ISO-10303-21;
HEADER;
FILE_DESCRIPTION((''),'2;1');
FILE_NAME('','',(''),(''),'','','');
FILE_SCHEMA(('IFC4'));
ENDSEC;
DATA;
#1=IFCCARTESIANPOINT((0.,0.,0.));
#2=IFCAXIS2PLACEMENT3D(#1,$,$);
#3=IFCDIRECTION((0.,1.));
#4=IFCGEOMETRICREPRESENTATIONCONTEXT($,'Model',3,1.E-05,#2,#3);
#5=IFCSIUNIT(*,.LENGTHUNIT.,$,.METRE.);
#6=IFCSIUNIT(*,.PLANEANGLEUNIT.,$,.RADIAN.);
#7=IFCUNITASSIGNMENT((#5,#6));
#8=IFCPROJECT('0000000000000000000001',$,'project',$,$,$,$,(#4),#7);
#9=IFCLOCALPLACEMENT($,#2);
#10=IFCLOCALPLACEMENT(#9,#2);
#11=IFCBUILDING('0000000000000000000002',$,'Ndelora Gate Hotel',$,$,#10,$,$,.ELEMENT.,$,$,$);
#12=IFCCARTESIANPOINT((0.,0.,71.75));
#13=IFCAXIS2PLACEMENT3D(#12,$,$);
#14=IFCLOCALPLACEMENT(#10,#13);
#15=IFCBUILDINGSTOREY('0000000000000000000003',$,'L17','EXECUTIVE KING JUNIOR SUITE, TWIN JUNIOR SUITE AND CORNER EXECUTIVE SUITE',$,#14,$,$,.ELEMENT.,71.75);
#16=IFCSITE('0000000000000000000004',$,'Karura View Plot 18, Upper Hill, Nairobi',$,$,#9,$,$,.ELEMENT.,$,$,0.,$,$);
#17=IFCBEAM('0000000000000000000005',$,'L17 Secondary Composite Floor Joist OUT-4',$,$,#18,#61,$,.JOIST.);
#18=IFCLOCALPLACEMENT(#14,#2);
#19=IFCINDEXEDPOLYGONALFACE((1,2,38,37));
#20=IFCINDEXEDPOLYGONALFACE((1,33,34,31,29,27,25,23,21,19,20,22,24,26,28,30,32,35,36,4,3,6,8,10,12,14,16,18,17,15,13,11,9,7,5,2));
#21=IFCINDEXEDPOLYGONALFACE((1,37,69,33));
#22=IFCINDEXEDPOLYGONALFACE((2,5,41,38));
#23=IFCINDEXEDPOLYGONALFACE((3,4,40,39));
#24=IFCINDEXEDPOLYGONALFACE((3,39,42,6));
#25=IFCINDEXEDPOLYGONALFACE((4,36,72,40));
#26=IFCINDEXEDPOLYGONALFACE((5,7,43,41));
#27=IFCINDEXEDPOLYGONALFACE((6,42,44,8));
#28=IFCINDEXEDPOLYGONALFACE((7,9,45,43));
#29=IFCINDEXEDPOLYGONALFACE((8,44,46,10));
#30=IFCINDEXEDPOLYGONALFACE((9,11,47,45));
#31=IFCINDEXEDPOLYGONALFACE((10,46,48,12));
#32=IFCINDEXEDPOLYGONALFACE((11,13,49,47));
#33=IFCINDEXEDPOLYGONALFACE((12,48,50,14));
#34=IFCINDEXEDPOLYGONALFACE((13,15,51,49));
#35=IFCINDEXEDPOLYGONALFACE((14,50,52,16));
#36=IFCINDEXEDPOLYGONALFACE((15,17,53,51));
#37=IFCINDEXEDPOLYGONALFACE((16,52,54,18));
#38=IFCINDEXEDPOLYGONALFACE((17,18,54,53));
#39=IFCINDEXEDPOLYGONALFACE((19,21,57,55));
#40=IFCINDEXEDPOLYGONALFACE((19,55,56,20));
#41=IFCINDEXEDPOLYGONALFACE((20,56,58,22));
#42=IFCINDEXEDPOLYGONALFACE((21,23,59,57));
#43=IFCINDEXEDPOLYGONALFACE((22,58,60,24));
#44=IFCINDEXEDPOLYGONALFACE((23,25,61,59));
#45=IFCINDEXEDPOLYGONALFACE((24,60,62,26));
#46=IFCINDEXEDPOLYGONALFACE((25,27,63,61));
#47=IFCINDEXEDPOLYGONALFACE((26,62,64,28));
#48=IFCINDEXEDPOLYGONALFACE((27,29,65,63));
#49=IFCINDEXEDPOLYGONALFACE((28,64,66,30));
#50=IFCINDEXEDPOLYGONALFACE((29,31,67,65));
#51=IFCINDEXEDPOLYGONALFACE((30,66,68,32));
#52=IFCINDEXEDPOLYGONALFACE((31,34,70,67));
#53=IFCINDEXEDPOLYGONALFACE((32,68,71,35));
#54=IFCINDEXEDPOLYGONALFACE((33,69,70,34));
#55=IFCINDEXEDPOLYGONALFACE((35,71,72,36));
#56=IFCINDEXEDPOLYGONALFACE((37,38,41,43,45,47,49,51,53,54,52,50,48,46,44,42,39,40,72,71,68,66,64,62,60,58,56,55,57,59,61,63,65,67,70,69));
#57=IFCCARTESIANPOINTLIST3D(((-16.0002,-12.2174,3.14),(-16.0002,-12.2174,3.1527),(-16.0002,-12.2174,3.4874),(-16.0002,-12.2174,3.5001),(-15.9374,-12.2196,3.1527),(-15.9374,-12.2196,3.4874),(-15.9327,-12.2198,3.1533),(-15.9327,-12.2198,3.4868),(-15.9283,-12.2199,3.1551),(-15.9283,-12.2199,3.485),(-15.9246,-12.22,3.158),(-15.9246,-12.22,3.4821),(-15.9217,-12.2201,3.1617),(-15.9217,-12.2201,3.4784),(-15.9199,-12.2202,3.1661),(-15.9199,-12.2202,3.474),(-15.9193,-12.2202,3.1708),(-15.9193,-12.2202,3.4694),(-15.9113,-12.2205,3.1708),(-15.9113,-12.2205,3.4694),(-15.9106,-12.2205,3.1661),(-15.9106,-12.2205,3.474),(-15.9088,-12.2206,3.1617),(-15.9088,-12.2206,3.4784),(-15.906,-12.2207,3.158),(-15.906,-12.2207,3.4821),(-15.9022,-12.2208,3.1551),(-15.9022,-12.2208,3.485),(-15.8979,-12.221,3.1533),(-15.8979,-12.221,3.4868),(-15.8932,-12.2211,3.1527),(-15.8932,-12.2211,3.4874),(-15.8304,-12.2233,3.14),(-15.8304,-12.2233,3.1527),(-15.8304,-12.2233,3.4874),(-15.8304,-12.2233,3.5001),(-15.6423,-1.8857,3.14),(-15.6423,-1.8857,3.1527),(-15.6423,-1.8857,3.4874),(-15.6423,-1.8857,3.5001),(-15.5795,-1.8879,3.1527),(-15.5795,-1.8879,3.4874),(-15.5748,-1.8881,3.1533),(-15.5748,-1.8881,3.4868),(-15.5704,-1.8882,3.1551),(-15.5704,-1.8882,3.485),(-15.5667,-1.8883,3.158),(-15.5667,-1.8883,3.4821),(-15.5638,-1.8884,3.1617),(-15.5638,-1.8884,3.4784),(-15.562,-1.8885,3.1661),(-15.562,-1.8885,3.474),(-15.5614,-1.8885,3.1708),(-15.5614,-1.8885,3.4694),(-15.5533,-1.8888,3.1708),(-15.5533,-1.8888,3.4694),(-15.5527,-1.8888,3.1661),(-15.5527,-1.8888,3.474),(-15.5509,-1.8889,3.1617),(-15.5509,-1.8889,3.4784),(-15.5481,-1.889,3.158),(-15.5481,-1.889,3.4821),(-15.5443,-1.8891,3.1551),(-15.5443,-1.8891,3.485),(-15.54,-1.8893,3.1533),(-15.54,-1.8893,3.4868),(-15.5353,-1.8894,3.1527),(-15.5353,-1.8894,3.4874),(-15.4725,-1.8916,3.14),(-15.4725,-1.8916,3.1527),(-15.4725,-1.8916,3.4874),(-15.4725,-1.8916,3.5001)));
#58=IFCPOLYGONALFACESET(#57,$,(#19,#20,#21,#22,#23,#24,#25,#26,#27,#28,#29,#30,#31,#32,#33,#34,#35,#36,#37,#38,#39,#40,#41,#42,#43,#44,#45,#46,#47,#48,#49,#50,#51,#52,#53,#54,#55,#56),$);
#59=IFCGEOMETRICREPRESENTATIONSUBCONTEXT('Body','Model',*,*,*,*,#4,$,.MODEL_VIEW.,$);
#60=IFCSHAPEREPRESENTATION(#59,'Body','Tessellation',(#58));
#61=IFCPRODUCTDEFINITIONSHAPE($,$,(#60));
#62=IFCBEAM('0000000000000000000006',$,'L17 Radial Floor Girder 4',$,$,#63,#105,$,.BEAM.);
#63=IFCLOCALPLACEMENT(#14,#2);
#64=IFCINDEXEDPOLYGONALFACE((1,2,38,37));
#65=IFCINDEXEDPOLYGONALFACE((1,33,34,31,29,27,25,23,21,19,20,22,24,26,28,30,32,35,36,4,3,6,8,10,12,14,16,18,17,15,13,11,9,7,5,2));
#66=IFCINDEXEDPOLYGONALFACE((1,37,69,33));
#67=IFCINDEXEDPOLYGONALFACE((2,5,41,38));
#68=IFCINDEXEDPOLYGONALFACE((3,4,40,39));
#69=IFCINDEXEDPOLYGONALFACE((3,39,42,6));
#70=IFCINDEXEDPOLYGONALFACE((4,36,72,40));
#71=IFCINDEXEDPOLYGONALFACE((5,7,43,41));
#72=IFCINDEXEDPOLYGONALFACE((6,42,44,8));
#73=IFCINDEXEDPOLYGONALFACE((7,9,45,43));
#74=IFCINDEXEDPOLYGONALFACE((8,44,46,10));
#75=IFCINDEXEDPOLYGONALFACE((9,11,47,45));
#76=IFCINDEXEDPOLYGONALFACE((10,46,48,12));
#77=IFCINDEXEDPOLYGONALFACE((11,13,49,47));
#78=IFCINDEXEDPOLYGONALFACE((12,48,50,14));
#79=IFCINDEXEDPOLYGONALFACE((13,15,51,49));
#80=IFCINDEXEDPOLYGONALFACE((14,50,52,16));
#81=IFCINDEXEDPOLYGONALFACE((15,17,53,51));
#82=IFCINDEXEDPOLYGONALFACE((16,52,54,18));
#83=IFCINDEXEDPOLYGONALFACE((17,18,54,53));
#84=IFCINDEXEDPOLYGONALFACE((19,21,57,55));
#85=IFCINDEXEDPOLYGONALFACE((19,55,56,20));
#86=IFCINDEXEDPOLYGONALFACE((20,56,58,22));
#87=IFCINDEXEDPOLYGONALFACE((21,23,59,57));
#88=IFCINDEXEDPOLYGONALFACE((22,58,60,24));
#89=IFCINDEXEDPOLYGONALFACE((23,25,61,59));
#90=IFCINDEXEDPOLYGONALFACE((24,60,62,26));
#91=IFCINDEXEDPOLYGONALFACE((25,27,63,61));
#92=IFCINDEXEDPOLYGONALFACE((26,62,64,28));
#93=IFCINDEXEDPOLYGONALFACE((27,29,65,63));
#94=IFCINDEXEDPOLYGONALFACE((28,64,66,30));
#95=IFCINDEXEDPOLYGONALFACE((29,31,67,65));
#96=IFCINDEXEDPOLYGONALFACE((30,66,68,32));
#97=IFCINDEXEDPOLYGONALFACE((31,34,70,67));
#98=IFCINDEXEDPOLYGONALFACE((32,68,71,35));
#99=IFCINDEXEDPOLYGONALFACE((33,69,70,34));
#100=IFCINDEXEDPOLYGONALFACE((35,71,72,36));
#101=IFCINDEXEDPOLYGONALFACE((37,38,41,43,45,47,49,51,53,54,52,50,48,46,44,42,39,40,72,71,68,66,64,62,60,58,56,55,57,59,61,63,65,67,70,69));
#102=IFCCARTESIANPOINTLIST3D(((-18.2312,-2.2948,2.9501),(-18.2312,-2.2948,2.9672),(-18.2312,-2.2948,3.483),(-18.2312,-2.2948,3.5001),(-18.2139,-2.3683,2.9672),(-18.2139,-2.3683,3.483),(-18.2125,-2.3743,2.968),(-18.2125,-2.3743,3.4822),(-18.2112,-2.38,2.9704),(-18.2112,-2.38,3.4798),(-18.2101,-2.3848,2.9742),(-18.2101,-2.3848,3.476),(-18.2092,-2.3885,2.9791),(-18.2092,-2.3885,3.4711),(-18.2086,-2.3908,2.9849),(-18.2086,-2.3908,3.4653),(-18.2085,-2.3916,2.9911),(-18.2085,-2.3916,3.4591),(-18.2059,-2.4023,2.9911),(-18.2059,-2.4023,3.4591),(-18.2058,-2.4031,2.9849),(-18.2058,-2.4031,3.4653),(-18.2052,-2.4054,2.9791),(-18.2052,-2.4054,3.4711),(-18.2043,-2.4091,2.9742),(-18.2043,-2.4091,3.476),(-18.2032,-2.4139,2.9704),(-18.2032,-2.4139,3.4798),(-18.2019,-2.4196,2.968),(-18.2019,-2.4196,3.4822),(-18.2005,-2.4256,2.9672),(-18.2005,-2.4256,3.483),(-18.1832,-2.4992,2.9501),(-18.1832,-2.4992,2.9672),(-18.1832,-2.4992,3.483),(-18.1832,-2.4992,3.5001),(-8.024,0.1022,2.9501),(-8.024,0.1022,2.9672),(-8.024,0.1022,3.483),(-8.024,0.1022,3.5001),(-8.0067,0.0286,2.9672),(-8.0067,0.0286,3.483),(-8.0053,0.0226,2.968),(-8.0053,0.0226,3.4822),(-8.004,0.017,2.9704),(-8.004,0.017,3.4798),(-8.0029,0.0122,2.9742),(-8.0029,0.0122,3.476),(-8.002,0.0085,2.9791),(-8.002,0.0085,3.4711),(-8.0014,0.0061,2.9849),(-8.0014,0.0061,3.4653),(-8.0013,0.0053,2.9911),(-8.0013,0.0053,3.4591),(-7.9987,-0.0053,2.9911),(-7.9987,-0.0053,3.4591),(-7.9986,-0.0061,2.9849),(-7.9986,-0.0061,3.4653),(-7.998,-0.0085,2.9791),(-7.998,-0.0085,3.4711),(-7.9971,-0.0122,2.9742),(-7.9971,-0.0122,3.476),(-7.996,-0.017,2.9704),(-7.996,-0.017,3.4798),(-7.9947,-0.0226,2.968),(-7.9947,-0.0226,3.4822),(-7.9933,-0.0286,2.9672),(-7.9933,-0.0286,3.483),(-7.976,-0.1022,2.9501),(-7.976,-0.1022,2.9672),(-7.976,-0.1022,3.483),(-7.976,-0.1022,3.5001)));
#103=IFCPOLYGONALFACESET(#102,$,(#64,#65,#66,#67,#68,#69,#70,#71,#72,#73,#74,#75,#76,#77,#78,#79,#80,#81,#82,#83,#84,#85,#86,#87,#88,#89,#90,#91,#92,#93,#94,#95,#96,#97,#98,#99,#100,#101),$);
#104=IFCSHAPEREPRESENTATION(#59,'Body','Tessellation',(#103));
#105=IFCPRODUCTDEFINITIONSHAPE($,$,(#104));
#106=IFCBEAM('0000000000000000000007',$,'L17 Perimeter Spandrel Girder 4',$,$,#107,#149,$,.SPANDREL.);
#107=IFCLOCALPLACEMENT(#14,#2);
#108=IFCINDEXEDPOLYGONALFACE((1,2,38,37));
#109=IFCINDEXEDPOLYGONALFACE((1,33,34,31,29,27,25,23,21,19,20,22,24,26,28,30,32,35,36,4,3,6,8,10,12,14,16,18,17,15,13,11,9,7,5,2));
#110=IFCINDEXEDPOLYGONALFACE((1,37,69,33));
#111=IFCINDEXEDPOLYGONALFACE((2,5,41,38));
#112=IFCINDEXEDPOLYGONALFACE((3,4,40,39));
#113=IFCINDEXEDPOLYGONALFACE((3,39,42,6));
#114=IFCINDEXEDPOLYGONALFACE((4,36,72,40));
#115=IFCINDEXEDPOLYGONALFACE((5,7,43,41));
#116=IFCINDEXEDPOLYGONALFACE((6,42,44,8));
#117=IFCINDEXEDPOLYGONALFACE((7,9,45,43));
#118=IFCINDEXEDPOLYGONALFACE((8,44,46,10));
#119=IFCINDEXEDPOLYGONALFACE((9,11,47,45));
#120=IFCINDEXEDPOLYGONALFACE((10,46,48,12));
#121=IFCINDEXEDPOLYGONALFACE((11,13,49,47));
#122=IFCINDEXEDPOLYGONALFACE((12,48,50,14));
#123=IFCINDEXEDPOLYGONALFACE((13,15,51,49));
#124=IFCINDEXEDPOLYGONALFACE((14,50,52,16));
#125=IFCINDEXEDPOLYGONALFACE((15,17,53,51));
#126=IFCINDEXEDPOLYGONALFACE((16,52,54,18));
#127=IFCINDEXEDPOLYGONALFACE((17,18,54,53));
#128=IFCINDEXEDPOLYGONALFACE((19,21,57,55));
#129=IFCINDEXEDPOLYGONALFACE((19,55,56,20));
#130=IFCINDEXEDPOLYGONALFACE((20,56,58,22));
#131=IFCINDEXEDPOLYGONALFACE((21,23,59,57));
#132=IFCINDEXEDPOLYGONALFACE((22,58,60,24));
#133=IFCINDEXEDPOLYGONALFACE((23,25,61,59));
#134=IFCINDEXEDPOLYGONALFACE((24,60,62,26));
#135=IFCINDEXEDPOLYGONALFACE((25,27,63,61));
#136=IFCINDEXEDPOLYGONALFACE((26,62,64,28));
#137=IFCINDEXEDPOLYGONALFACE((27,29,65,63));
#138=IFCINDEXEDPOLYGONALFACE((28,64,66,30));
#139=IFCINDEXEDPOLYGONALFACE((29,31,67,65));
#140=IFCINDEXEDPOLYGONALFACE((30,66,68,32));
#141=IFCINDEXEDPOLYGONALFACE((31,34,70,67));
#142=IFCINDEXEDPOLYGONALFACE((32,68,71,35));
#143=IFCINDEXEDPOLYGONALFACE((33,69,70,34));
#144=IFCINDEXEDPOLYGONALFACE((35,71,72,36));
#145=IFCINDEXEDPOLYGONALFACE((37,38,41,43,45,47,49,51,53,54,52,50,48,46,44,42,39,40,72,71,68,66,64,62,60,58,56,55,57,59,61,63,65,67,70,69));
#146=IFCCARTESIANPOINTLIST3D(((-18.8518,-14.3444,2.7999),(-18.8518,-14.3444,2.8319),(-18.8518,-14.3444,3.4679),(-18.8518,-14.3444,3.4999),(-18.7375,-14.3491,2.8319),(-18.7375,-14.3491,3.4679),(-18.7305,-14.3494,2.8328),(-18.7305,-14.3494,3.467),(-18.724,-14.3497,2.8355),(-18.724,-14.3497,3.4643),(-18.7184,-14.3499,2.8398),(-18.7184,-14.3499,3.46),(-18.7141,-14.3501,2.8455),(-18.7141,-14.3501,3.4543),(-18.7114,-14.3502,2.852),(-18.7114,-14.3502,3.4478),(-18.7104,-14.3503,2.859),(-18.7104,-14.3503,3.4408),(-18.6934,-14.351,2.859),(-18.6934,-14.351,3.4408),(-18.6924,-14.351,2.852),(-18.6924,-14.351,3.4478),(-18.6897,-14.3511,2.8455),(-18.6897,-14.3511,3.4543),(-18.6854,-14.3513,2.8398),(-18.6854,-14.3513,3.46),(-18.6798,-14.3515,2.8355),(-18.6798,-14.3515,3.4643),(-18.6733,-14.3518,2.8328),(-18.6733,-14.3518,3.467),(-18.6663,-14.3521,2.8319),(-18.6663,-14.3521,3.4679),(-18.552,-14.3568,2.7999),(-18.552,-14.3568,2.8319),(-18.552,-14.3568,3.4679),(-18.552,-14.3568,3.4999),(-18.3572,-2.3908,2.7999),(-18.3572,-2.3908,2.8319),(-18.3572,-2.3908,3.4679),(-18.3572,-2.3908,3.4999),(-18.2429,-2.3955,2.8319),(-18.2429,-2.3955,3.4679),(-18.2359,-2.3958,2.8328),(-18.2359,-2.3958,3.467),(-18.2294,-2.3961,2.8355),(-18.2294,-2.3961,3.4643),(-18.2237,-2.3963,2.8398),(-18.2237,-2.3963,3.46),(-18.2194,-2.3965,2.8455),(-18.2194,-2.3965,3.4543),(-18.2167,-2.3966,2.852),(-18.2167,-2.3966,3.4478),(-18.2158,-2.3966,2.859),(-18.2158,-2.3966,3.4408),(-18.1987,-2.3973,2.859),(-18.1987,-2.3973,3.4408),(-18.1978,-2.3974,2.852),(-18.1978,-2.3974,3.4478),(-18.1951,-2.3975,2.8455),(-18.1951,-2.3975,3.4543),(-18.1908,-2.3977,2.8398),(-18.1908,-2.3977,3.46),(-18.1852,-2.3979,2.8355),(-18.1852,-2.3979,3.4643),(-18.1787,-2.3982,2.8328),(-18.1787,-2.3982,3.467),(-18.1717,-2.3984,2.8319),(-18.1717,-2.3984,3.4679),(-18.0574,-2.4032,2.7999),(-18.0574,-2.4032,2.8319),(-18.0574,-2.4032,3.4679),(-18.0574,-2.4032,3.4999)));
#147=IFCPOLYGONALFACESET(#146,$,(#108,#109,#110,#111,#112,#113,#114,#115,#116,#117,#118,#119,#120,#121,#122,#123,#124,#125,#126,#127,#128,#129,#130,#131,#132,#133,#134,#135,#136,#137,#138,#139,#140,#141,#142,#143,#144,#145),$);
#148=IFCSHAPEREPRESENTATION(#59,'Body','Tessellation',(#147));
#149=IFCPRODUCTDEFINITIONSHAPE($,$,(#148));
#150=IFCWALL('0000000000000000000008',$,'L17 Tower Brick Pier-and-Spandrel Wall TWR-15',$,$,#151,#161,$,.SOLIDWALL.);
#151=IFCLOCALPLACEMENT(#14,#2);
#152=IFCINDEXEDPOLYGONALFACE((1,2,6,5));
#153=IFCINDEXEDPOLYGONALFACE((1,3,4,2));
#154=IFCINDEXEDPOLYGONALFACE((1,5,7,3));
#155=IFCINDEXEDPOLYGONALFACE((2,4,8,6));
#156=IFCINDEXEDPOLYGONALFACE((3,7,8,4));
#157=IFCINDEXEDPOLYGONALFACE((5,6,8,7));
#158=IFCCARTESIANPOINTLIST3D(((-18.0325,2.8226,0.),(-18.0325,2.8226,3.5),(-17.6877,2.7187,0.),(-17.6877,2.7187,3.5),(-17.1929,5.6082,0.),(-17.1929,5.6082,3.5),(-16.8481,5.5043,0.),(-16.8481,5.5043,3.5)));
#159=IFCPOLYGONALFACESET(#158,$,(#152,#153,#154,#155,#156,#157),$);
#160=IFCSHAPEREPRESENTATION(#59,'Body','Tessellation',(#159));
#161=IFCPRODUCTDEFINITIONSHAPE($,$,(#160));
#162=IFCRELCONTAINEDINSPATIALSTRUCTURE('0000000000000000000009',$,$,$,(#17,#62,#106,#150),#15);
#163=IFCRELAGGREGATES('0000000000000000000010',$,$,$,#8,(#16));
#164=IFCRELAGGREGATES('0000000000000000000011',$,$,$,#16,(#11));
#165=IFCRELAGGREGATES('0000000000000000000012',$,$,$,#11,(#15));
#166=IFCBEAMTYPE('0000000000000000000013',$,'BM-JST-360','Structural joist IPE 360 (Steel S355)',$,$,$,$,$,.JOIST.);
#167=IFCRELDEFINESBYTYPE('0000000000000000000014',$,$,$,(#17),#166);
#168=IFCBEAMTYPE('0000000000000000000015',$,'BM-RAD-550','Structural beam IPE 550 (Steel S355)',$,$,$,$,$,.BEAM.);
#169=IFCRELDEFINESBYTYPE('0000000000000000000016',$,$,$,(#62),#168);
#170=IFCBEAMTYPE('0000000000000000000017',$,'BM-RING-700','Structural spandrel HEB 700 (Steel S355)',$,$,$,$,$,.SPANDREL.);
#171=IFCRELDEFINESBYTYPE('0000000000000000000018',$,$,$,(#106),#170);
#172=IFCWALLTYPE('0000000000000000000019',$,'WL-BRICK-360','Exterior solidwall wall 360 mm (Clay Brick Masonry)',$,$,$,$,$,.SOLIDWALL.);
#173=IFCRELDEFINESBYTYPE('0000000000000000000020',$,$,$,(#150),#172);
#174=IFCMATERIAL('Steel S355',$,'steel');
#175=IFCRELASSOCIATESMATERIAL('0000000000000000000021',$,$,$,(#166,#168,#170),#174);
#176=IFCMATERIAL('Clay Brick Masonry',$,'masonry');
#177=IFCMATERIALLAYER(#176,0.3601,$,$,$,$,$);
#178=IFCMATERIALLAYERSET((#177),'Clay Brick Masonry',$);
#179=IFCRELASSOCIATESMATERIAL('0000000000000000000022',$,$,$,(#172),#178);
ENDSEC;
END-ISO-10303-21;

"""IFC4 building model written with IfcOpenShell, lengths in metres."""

from ifc_helpers import new_model, si_unit, direction, frame, frame_2d, origin, origin_2d, place, context, subcontext, project, spatial, rectangle, i_section, extrude, material, layer, layer_set, material_profile, profile_set, type_object, element, save


model = new_model("IFC4")

# Units and contexts
model_context = context("Model", 3, precision=1e-05, world=origin(), true_north=direction((0.0, 1.0)))
body_context = subcontext(model_context, "Body", "Model", "MODEL_VIEW")
ifc_project = project(units=[si_unit("LENGTHUNIT", "METRE"), si_unit("PLANEANGLEUNIT", "RADIAN")], contexts=[model_context])

# Site, building, storey
site_placement = place(None, origin())
site = spatial("IfcSite", under=ifc_project, at=site_placement, Name="Karura View Plot 18, Upper Hill, Nairobi", CompositionType="ELEMENT", RefElevation=0.0)
building_placement = place(site_placement, origin())
building = spatial("IfcBuilding", under=site, at=building_placement, Name="Ndelora Gate Hotel", CompositionType="ELEMENT")
storey_placement = place(building_placement, frame((0.0, 0.0, 71.75)))
storey = spatial("IfcBuildingStorey", under=building, at=storey_placement, Name="L17", Description="EXECUTIVE KING JUNIOR SUITE, TWIN JUNIOR SUITE AND CORNER EXECUTIVE SUITE", CompositionType="ELEMENT", Elevation=71.75)

# Beams
ifc_material_1 = material(Name="Steel S355", Category="steel")
ifc_material_profile_1 = material_profile(ifc_material_1, i_section(OverallWidth=0.1699, OverallDepth=0.3601, WebThickness=0.0081, FlangeThickness=0.0127, FilletRadius=0.0181, at=origin_2d()), Name="IPE 360")
ifc_profile_set_1 = profile_set([ifc_material_profile_1], Name="Steel S355")
beam_type_1 = type_object("IfcBeamType", Name="BM-JST-360", Description="Structural joist IPE 360 (Steel S355)", PredefinedType="JOIST", material=ifc_profile_set_1)
beam_1_placement = place(storey_placement, frame((-15.5574, -1.8887, 3.3201), z_axis=(-0.034621, -0.999401, 0.0), x_axis=(0.999401, -0.034621, 0.0)))
element("IfcBeam", 1, at=beam_1_placement, inside=storey, type_object=beam_type_1, Name="L17 Secondary Composite Floor Joist OUT-4", PredefinedType="JOIST", context=body_context, shape_type="SweptSolid", body=[
    extrude(i_section(OverallWidth=0.1699, OverallDepth=0.3601, WebThickness=0.0081, FlangeThickness=0.0127, FilletRadius=0.0181, at=origin_2d()), origin(), (0.0, 0.0, 1.0), 10.3379),
])
ifc_material_profile_2 = material_profile(ifc_material_1, i_section(OverallWidth=0.21, OverallDepth=0.55, WebThickness=0.011, FlangeThickness=0.0171, FilletRadius=0.0239, at=origin_2d()), Name="IPE 550")
ifc_profile_set_2 = profile_set([ifc_material_profile_2], Name="Steel S355")
beam_type_2 = type_object("IfcBeamType", Name="BM-RAD-550", Description="Structural beam IPE 550 (Steel S355)", PredefinedType="BEAM", material=ifc_profile_set_2)
beam_2_placement = place(storey_placement, frame((-8.0, 0.0, 3.2251), z_axis=(-0.973518, -0.228611, 0.0), x_axis=(0.228611, -0.973518, 0.0)))
element("IfcBeam", 2, at=beam_2_placement, inside=storey, type_object=beam_type_2, Name="L17 Radial Floor Girder 4", PredefinedType="BEAM", context=body_context, shape_type="SweptSolid", body=[
    extrude(i_section(OverallWidth=0.21, OverallDepth=0.55, WebThickness=0.011, FlangeThickness=0.0171, FilletRadius=0.0239, at=origin_2d()), origin(), (0.0, 0.0, 1.0), 10.4849),
])
ifc_material_profile_3 = material_profile(ifc_material_1, i_section(OverallWidth=0.3, OverallDepth=0.7, WebThickness=0.0171, FlangeThickness=0.032, FilletRadius=0.0271, at=origin_2d()), Name="HEB 700")
ifc_profile_set_3 = profile_set([ifc_material_profile_3], Name="Steel S355")
beam_type_3 = type_object("IfcBeamType", Name="BM-RING-700", Description="Structural spandrel HEB 700 (Steel S355)", PredefinedType="SPANDREL", material=ifc_profile_set_3)
beam_3_placement = place(storey_placement, frame((-18.2073, -2.397, 3.1499), z_axis=(-0.041344, -0.999145, 0.0), x_axis=(0.999145, -0.041344, 0.0)))
element("IfcBeam", 3, at=beam_3_placement, inside=storey, type_object=beam_type_3, Name="L17 Perimeter Spandrel Girder 4", PredefinedType="SPANDREL", context=body_context, shape_type="SweptSolid", body=[
    extrude(i_section(OverallWidth=0.3, OverallDepth=0.7, WebThickness=0.0171, FlangeThickness=0.032, FilletRadius=0.0271, at=origin_2d()), origin(), (0.0, 0.0, 1.0), 11.9639),
])

# Wall
ifc_material_2 = material(Name="Clay Brick Masonry", Category="masonry")
ifc_layer_1 = layer(ifc_material_2, 0.3601)
ifc_layer_set_1 = layer_set([ifc_layer_1], Name="Clay Brick Masonry")
wall_type_1 = type_object("IfcWallType", Name="WL-BRICK-360", Description="Exterior solidwall wall 360 mm (Clay Brick Masonry)", PredefinedType="SOLIDWALL", material=ifc_layer_set_1)
wall_1_placement = place(storey_placement, frame((-17.8601, 2.7708, 0.0), z_axis=(0.0, 0.0, 1.0), x_axis=(0.288579, 0.957456, 0.0)))
element("IfcWall", 4, at=wall_1_placement, inside=storey, type_object=wall_type_1, Name="L17 Tower Brick Pier-and-Spandrel Wall TWR-15", PredefinedType="SOLIDWALL", context=body_context, shape_type="SweptSolid", body=[
    extrude(rectangle(XDim=2.9094, YDim=0.3601, at=frame_2d((1.4546, 0.0))), origin(), (0.0, 0.0, 1.0), 3.5),
])

save(model, "model.ifc")
